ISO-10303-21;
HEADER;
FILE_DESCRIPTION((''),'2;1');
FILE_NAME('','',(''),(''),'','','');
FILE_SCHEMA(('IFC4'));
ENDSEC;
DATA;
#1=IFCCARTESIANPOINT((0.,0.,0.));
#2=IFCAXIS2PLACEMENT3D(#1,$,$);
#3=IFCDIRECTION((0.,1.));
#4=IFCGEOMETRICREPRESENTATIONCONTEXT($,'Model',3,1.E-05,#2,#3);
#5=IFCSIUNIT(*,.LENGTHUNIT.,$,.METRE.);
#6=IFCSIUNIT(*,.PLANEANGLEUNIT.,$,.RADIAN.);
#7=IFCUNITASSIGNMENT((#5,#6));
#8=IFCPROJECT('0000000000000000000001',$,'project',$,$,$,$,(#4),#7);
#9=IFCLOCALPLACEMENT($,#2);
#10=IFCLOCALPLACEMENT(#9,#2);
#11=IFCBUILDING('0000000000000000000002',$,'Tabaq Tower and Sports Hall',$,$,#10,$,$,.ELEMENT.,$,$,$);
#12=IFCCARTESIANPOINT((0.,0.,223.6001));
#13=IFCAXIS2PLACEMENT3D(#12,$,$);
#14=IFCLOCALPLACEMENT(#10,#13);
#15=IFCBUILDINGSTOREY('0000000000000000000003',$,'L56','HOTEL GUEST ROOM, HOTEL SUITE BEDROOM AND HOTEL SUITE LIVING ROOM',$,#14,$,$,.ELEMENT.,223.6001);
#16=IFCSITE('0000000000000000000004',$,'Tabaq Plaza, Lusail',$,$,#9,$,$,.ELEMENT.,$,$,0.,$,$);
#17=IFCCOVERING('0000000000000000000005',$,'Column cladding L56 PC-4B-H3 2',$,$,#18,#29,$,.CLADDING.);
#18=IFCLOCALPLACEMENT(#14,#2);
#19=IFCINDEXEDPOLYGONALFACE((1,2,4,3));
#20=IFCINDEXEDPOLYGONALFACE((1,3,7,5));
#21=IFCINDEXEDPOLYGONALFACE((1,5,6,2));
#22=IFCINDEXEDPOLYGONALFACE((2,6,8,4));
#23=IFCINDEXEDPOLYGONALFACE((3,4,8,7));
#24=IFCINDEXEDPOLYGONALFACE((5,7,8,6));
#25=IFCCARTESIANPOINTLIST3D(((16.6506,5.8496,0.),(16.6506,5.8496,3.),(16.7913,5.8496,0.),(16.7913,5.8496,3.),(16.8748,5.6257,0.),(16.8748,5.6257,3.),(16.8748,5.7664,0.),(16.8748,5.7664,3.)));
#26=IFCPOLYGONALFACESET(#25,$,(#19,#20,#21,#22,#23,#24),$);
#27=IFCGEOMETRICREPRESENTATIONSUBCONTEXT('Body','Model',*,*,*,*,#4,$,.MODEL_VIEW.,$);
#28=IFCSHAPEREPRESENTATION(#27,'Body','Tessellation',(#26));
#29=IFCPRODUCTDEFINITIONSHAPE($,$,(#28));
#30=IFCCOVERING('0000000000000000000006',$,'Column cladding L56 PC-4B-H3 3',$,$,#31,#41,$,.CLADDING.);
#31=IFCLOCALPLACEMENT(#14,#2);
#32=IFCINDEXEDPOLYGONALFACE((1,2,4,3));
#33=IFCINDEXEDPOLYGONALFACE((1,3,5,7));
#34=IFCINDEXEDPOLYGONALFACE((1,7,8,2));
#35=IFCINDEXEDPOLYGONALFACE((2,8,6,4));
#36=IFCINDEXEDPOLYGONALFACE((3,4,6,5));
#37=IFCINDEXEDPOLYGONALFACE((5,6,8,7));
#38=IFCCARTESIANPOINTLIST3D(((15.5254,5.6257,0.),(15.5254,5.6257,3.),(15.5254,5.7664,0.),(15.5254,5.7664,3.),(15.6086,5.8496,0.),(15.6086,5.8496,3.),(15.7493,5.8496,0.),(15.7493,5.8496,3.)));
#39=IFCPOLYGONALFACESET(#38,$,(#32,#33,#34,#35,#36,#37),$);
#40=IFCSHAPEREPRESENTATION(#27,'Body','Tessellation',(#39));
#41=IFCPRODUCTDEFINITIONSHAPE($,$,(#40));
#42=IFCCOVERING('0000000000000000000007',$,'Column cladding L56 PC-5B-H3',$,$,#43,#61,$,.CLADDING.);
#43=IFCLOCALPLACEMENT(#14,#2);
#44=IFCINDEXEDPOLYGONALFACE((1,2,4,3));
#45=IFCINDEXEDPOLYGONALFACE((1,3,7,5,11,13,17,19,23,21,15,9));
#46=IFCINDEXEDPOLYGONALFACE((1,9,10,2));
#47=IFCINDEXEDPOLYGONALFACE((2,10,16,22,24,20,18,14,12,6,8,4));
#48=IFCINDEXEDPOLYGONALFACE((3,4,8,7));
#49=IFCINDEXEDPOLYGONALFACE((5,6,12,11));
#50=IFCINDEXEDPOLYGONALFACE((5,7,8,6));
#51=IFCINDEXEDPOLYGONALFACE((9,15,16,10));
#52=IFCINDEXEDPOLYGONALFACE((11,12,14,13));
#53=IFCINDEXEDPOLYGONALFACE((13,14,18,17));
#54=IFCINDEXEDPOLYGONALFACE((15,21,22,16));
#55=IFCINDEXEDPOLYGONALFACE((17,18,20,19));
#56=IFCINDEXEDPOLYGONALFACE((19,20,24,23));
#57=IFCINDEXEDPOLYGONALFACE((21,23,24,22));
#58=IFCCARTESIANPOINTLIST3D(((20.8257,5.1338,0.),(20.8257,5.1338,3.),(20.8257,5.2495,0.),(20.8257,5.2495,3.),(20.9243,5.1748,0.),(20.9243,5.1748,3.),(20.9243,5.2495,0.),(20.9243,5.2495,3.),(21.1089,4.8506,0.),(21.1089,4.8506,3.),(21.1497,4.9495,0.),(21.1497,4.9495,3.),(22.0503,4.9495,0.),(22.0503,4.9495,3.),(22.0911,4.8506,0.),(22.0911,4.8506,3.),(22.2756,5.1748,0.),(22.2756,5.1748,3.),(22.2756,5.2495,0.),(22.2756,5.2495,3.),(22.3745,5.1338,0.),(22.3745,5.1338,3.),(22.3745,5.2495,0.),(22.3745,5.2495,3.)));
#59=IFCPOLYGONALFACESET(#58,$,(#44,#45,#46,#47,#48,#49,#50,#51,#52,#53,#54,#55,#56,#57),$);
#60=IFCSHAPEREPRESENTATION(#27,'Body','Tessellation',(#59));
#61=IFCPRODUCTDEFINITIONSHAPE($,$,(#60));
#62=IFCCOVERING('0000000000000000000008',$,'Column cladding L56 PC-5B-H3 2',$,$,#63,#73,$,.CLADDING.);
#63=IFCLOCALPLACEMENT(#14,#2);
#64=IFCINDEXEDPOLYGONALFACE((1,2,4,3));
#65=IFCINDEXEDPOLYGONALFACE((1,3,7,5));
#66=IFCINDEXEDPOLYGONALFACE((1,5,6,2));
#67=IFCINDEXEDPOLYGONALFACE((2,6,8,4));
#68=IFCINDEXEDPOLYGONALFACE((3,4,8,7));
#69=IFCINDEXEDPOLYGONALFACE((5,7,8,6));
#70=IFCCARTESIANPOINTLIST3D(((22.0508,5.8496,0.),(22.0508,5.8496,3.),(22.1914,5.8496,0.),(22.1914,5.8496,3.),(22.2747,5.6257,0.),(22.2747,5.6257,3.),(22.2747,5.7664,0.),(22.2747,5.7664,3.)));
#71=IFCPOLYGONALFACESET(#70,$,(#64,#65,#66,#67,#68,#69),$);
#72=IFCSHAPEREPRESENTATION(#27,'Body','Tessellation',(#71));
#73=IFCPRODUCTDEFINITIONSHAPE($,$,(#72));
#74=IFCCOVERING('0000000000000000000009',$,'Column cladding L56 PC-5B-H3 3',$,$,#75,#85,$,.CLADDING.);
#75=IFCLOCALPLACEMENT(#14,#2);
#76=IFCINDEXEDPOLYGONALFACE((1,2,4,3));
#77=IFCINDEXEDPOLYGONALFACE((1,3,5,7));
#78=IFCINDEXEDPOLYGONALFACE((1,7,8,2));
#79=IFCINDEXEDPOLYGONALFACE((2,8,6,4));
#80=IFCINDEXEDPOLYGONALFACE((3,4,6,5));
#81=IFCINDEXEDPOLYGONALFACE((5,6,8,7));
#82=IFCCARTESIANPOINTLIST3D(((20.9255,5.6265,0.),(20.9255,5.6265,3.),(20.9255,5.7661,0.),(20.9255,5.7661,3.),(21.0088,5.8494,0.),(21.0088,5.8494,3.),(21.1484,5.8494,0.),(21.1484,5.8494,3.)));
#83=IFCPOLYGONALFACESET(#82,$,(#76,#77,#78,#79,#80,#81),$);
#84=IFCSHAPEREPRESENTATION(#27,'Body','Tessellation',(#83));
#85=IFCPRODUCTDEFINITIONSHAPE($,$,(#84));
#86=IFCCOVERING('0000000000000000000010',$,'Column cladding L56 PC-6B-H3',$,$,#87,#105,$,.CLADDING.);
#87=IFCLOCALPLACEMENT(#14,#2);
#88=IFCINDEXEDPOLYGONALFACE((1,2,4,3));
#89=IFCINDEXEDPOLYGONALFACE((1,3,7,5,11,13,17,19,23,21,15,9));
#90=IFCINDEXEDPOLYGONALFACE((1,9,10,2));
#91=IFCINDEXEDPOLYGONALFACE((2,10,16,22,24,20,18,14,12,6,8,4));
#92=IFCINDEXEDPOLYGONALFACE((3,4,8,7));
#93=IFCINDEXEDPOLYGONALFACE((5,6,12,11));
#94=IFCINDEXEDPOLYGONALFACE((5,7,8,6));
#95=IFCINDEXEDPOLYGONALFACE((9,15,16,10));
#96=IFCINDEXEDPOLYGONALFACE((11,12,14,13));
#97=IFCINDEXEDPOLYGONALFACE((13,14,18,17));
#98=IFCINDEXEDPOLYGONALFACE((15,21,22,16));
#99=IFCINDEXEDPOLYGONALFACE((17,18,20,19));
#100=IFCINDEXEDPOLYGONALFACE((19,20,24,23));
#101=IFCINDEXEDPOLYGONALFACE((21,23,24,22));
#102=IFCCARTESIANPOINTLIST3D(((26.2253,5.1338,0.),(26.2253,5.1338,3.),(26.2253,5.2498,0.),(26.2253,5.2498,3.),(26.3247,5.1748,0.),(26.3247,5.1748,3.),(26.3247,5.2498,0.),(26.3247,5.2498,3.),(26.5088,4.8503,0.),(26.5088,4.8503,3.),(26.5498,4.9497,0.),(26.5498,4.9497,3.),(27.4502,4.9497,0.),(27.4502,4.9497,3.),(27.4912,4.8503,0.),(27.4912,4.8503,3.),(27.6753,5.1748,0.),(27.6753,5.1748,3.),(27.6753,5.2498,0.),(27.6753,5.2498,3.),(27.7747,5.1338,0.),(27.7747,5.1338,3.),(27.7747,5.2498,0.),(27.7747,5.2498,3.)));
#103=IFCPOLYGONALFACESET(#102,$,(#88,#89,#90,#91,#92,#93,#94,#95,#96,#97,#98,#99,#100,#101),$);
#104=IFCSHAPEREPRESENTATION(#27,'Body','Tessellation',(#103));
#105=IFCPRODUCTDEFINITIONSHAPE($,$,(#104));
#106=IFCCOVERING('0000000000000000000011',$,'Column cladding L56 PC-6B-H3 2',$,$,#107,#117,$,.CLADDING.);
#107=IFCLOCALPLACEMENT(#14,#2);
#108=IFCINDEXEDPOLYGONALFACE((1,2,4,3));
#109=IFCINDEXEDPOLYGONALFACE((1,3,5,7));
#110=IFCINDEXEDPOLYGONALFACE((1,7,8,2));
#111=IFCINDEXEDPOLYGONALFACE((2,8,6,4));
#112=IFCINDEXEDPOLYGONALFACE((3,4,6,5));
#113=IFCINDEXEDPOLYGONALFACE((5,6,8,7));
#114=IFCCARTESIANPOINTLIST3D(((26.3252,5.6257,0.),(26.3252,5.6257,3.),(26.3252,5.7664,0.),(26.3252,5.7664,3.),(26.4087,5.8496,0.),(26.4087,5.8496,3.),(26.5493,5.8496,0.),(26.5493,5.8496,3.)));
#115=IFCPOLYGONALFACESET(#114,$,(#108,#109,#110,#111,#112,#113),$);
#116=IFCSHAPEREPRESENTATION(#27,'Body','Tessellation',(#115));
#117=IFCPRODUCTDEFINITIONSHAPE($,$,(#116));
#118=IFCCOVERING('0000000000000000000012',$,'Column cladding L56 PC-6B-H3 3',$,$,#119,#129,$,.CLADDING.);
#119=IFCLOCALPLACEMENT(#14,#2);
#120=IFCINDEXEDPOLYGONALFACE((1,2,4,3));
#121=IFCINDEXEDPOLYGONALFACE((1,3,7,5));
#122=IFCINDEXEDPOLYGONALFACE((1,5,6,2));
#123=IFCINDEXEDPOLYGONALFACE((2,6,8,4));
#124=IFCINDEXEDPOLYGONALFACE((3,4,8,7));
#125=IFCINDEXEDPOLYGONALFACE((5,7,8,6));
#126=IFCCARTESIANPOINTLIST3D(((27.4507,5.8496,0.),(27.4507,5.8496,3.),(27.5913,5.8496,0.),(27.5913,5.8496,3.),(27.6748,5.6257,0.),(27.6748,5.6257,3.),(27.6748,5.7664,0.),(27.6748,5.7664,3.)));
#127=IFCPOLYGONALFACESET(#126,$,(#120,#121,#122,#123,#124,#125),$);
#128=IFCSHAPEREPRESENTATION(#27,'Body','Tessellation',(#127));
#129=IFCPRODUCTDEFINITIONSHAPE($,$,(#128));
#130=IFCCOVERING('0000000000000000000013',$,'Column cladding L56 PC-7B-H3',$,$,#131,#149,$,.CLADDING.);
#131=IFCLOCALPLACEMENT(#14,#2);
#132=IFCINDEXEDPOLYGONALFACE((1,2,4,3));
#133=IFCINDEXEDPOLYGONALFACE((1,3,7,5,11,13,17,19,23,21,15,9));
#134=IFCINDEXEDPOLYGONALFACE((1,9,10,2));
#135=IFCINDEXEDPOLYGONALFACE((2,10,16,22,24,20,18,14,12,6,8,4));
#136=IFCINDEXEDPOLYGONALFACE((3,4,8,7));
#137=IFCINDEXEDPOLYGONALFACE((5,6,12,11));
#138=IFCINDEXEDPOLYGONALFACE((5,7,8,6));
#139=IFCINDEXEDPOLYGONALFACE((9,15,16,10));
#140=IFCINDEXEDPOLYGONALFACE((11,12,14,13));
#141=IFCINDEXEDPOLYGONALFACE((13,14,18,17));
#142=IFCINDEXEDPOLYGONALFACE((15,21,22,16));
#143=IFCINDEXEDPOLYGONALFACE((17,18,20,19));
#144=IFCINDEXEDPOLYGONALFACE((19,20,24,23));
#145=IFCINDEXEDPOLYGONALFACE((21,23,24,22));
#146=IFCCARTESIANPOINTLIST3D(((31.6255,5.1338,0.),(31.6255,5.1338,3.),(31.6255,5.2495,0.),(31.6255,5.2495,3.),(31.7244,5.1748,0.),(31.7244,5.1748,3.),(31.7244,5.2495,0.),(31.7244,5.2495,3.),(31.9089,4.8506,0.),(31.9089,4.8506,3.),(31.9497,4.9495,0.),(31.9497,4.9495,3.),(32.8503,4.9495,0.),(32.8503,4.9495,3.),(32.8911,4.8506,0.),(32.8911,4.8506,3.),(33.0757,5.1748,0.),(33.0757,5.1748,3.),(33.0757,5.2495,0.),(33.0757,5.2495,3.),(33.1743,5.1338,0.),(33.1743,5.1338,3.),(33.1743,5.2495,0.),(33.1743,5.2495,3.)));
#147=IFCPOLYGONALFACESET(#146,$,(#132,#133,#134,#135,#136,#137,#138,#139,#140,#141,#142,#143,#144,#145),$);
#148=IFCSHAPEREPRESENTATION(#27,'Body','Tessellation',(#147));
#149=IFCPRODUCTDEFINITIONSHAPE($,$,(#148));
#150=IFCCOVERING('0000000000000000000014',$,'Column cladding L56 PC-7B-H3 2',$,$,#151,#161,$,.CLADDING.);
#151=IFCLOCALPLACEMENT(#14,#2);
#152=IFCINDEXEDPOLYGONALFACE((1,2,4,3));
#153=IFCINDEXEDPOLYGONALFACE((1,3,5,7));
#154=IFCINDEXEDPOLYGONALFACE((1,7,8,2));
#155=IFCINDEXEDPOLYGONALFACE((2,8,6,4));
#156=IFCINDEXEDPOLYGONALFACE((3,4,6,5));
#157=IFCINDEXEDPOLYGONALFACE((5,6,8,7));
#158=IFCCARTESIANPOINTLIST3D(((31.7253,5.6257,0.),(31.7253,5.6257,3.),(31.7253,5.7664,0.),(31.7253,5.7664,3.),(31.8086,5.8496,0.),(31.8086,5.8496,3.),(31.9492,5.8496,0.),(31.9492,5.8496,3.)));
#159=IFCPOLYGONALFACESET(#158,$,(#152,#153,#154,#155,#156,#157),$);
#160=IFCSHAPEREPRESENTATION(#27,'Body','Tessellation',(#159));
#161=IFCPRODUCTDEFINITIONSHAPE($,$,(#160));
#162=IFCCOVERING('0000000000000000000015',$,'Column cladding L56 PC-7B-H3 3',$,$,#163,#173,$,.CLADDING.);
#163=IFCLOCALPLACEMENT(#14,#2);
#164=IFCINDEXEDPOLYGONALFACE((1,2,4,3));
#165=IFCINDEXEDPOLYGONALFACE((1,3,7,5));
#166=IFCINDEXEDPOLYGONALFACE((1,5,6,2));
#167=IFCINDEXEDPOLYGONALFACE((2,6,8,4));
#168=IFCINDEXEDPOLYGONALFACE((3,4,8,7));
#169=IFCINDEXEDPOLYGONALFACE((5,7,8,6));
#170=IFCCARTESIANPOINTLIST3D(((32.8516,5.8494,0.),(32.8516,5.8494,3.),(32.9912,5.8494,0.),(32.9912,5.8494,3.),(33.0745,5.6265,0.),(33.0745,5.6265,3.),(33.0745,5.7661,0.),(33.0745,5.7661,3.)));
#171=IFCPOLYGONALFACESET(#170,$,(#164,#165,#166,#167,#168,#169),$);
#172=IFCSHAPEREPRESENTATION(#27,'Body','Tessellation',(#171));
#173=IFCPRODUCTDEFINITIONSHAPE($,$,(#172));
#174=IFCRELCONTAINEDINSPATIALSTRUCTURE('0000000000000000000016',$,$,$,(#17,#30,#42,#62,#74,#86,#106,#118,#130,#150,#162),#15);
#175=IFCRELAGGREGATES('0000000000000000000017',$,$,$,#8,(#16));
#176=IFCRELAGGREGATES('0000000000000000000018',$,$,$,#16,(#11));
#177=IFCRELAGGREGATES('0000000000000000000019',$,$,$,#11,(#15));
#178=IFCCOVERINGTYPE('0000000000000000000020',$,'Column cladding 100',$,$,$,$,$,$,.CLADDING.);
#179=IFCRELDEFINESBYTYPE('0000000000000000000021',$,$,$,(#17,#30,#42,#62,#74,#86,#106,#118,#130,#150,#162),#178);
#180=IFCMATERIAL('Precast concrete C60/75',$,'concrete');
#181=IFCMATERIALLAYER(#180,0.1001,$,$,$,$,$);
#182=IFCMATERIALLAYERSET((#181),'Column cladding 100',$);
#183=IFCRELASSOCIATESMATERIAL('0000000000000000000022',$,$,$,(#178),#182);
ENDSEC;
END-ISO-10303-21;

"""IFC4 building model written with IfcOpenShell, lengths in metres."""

from ifc_helpers import new_model, si_unit, direction, frame, origin, place, context, subcontext, project, spatial, polyline, outline, extrude, material, layer, layer_set, type_object, element, save


model = new_model("IFC4")

# Units and contexts
model_context = context("Model", 3, precision=1e-05, world=origin(), true_north=direction((0.0, 1.0)))
body_context = subcontext(model_context, "Body", "Model", "MODEL_VIEW")
ifc_project = project(units=[si_unit("LENGTHUNIT", "METRE"), si_unit("PLANEANGLEUNIT", "RADIAN")], contexts=[model_context])

# Site, building, storey
site_placement = place(None, origin())
site = spatial("IfcSite", under=ifc_project, at=site_placement, Name="Tabaq Plaza, Lusail", CompositionType="ELEMENT", RefElevation=0.0)
building_placement = place(site_placement, origin())
building = spatial("IfcBuilding", under=site, at=building_placement, Name="Tabaq Tower and Sports Hall", CompositionType="ELEMENT")
storey_placement = place(building_placement, frame((0.0, 0.0, 223.6001)))
storey = spatial("IfcBuildingStorey", under=building, at=storey_placement, Name="L56", Description="HOTEL GUEST ROOM, HOTEL SUITE BEDROOM AND HOTEL SUITE LIVING ROOM", CompositionType="ELEMENT", Elevation=223.6001)

# Coverings
ifc_material_1 = material(Name="Precast concrete C60/75", Category="concrete")
ifc_layer_1 = layer(ifc_material_1, 0.1001)
ifc_layer_set_1 = layer_set([ifc_layer_1], Name="Column cladding 100")
covering_type = type_object("IfcCoveringType", Name="Column cladding 100", PredefinedType="CLADDING", material=ifc_layer_set_1)
covering_1_placement = place(storey_placement, origin())
element("IfcCovering", 1, at=covering_1_placement, inside=storey, type_object=covering_type, Name="Column cladding L56 PC-4B-H3 2", PredefinedType="CLADDING", context=body_context, shape_type="SweptSolid", body=[
    extrude(outline(polyline([(16.8748, 5.7664), (16.8748, 5.6257), (16.6506, 5.8496), (16.7913, 5.8496), (16.8748, 5.7664)])), origin(), (0.0, 0.0, 1.0), 3.0),
])
covering_2_placement = place(storey_placement, origin())
element("IfcCovering", 2, at=covering_2_placement, inside=storey, type_object=covering_type, Name="Column cladding L56 PC-4B-H3 3", PredefinedType="CLADDING", context=body_context, shape_type="SweptSolid", body=[
    extrude(outline(polyline([(15.6086, 5.8496), (15.7493, 5.8496), (15.5254, 5.6257), (15.5254, 5.7664), (15.6086, 5.8496)])), origin(), (0.0, 0.0, 1.0), 3.0),
])
covering_3_placement = place(storey_placement, origin())
element("IfcCovering", 3, at=covering_3_placement, inside=storey, type_object=covering_type, Name="Column cladding L56 PC-5B-H3", PredefinedType="CLADDING", context=body_context, shape_type="SweptSolid", body=[
    extrude(outline(polyline([(20.8257, 5.2495), (20.9243, 5.2495), (20.9243, 5.1748), (21.1497, 4.9495), (22.0503, 4.9495), (22.2756, 5.1748), (22.2756, 5.2495), (22.3745, 5.2495), (22.3745, 5.1338), (22.0911, 4.8506), (21.1089, 4.8506), (20.8257, 5.1338), (20.8257, 5.2495)])), origin(), (0.0, 0.0, 1.0), 3.0),
])
covering_4_placement = place(storey_placement, origin())
element("IfcCovering", 4, at=covering_4_placement, inside=storey, type_object=covering_type, Name="Column cladding L56 PC-5B-H3 2", PredefinedType="CLADDING", context=body_context, shape_type="SweptSolid", body=[
    extrude(outline(polyline([(22.2747, 5.7664), (22.2747, 5.6257), (22.0508, 5.8496), (22.1914, 5.8496), (22.2747, 5.7664)])), origin(), (0.0, 0.0, 1.0), 3.0),
])
covering_5_placement = place(storey_placement, origin())
element("IfcCovering", 5, at=covering_5_placement, inside=storey, type_object=covering_type, Name="Column cladding L56 PC-5B-H3 3", PredefinedType="CLADDING", context=body_context, shape_type="SweptSolid", body=[
    extrude(outline(polyline([(20.9255, 5.6265), (20.9255, 5.7661), (21.0088, 5.8494), (21.1484, 5.8494), (20.9255, 5.6265)])), origin(), (0.0, 0.0, 1.0), 3.0),
])
covering_6_placement = place(storey_placement, origin())
element("IfcCovering", 6, at=covering_6_placement, inside=storey, type_object=covering_type, Name="Column cladding L56 PC-6B-H3", PredefinedType="CLADDING", context=body_context, shape_type="SweptSolid", body=[
    extrude(outline(polyline([(26.2253, 5.2498), (26.3247, 5.2498), (26.3247, 5.1748), (26.5498, 4.9497), (27.4502, 4.9497), (27.6753, 5.1748), (27.6753, 5.2498), (27.7747, 5.2498), (27.7747, 5.1338), (27.4912, 4.8503), (26.5088, 4.8503), (26.2253, 5.1338), (26.2253, 5.2498)])), origin(), (0.0, 0.0, 1.0), 3.0),
])
covering_7_placement = place(storey_placement, origin())
element("IfcCovering", 7, at=covering_7_placement, inside=storey, type_object=covering_type, Name="Column cladding L56 PC-6B-H3 2", PredefinedType="CLADDING", context=body_context, shape_type="SweptSolid", body=[
    extrude(outline(polyline([(26.4087, 5.8496), (26.5493, 5.8496), (26.3252, 5.6257), (26.3252, 5.7664), (26.4087, 5.8496)])), origin(), (0.0, 0.0, 1.0), 3.0),
])
covering_8_placement = place(storey_placement, origin())
element("IfcCovering", 8, at=covering_8_placement, inside=storey, type_object=covering_type, Name="Column cladding L56 PC-6B-H3 3", PredefinedType="CLADDING", context=body_context, shape_type="SweptSolid", body=[
    extrude(outline(polyline([(27.6748, 5.7664), (27.6748, 5.6257), (27.4507, 5.8496), (27.5913, 5.8496), (27.6748, 5.7664)])), origin(), (0.0, 0.0, 1.0), 3.0),
])
covering_9_placement = place(storey_placement, origin())
element("IfcCovering", 9, at=covering_9_placement, inside=storey, type_object=covering_type, Name="Column cladding L56 PC-7B-H3", PredefinedType="CLADDING", context=body_context, shape_type="SweptSolid", body=[
    extrude(outline(polyline([(31.6255, 5.2495), (31.7244, 5.2495), (31.7244, 5.1748), (31.9497, 4.9495), (32.8503, 4.9495), (33.0757, 5.1748), (33.0757, 5.2495), (33.1743, 5.2495), (33.1743, 5.1338), (32.8911, 4.8506), (31.9089, 4.8506), (31.6255, 5.1338), (31.6255, 5.2495)])), origin(), (0.0, 0.0, 1.0), 3.0),
])
covering_10_placement = place(storey_placement, origin())
element("IfcCovering", 10, at=covering_10_placement, inside=storey, type_object=covering_type, Name="Column cladding L56 PC-7B-H3 2", PredefinedType="CLADDING", context=body_context, shape_type="SweptSolid", body=[
    extrude(outline(polyline([(31.8086, 5.8496), (31.9492, 5.8496), (31.7253, 5.6257), (31.7253, 5.7664), (31.8086, 5.8496)])), origin(), (0.0, 0.0, 1.0), 3.0),
])
covering_11_placement = place(storey_placement, origin())
element("IfcCovering", 11, at=covering_11_placement, inside=storey, type_object=covering_type, Name="Column cladding L56 PC-7B-H3 3", PredefinedType="CLADDING", context=body_context, shape_type="SweptSolid", body=[
    extrude(outline(polyline([(33.0745, 5.6265), (32.8516, 5.8494), (32.9912, 5.8494), (33.0745, 5.7661), (33.0745, 5.6265)])), origin(), (0.0, 0.0, 1.0), 3.0),
])

save(model, "model.ifc")
